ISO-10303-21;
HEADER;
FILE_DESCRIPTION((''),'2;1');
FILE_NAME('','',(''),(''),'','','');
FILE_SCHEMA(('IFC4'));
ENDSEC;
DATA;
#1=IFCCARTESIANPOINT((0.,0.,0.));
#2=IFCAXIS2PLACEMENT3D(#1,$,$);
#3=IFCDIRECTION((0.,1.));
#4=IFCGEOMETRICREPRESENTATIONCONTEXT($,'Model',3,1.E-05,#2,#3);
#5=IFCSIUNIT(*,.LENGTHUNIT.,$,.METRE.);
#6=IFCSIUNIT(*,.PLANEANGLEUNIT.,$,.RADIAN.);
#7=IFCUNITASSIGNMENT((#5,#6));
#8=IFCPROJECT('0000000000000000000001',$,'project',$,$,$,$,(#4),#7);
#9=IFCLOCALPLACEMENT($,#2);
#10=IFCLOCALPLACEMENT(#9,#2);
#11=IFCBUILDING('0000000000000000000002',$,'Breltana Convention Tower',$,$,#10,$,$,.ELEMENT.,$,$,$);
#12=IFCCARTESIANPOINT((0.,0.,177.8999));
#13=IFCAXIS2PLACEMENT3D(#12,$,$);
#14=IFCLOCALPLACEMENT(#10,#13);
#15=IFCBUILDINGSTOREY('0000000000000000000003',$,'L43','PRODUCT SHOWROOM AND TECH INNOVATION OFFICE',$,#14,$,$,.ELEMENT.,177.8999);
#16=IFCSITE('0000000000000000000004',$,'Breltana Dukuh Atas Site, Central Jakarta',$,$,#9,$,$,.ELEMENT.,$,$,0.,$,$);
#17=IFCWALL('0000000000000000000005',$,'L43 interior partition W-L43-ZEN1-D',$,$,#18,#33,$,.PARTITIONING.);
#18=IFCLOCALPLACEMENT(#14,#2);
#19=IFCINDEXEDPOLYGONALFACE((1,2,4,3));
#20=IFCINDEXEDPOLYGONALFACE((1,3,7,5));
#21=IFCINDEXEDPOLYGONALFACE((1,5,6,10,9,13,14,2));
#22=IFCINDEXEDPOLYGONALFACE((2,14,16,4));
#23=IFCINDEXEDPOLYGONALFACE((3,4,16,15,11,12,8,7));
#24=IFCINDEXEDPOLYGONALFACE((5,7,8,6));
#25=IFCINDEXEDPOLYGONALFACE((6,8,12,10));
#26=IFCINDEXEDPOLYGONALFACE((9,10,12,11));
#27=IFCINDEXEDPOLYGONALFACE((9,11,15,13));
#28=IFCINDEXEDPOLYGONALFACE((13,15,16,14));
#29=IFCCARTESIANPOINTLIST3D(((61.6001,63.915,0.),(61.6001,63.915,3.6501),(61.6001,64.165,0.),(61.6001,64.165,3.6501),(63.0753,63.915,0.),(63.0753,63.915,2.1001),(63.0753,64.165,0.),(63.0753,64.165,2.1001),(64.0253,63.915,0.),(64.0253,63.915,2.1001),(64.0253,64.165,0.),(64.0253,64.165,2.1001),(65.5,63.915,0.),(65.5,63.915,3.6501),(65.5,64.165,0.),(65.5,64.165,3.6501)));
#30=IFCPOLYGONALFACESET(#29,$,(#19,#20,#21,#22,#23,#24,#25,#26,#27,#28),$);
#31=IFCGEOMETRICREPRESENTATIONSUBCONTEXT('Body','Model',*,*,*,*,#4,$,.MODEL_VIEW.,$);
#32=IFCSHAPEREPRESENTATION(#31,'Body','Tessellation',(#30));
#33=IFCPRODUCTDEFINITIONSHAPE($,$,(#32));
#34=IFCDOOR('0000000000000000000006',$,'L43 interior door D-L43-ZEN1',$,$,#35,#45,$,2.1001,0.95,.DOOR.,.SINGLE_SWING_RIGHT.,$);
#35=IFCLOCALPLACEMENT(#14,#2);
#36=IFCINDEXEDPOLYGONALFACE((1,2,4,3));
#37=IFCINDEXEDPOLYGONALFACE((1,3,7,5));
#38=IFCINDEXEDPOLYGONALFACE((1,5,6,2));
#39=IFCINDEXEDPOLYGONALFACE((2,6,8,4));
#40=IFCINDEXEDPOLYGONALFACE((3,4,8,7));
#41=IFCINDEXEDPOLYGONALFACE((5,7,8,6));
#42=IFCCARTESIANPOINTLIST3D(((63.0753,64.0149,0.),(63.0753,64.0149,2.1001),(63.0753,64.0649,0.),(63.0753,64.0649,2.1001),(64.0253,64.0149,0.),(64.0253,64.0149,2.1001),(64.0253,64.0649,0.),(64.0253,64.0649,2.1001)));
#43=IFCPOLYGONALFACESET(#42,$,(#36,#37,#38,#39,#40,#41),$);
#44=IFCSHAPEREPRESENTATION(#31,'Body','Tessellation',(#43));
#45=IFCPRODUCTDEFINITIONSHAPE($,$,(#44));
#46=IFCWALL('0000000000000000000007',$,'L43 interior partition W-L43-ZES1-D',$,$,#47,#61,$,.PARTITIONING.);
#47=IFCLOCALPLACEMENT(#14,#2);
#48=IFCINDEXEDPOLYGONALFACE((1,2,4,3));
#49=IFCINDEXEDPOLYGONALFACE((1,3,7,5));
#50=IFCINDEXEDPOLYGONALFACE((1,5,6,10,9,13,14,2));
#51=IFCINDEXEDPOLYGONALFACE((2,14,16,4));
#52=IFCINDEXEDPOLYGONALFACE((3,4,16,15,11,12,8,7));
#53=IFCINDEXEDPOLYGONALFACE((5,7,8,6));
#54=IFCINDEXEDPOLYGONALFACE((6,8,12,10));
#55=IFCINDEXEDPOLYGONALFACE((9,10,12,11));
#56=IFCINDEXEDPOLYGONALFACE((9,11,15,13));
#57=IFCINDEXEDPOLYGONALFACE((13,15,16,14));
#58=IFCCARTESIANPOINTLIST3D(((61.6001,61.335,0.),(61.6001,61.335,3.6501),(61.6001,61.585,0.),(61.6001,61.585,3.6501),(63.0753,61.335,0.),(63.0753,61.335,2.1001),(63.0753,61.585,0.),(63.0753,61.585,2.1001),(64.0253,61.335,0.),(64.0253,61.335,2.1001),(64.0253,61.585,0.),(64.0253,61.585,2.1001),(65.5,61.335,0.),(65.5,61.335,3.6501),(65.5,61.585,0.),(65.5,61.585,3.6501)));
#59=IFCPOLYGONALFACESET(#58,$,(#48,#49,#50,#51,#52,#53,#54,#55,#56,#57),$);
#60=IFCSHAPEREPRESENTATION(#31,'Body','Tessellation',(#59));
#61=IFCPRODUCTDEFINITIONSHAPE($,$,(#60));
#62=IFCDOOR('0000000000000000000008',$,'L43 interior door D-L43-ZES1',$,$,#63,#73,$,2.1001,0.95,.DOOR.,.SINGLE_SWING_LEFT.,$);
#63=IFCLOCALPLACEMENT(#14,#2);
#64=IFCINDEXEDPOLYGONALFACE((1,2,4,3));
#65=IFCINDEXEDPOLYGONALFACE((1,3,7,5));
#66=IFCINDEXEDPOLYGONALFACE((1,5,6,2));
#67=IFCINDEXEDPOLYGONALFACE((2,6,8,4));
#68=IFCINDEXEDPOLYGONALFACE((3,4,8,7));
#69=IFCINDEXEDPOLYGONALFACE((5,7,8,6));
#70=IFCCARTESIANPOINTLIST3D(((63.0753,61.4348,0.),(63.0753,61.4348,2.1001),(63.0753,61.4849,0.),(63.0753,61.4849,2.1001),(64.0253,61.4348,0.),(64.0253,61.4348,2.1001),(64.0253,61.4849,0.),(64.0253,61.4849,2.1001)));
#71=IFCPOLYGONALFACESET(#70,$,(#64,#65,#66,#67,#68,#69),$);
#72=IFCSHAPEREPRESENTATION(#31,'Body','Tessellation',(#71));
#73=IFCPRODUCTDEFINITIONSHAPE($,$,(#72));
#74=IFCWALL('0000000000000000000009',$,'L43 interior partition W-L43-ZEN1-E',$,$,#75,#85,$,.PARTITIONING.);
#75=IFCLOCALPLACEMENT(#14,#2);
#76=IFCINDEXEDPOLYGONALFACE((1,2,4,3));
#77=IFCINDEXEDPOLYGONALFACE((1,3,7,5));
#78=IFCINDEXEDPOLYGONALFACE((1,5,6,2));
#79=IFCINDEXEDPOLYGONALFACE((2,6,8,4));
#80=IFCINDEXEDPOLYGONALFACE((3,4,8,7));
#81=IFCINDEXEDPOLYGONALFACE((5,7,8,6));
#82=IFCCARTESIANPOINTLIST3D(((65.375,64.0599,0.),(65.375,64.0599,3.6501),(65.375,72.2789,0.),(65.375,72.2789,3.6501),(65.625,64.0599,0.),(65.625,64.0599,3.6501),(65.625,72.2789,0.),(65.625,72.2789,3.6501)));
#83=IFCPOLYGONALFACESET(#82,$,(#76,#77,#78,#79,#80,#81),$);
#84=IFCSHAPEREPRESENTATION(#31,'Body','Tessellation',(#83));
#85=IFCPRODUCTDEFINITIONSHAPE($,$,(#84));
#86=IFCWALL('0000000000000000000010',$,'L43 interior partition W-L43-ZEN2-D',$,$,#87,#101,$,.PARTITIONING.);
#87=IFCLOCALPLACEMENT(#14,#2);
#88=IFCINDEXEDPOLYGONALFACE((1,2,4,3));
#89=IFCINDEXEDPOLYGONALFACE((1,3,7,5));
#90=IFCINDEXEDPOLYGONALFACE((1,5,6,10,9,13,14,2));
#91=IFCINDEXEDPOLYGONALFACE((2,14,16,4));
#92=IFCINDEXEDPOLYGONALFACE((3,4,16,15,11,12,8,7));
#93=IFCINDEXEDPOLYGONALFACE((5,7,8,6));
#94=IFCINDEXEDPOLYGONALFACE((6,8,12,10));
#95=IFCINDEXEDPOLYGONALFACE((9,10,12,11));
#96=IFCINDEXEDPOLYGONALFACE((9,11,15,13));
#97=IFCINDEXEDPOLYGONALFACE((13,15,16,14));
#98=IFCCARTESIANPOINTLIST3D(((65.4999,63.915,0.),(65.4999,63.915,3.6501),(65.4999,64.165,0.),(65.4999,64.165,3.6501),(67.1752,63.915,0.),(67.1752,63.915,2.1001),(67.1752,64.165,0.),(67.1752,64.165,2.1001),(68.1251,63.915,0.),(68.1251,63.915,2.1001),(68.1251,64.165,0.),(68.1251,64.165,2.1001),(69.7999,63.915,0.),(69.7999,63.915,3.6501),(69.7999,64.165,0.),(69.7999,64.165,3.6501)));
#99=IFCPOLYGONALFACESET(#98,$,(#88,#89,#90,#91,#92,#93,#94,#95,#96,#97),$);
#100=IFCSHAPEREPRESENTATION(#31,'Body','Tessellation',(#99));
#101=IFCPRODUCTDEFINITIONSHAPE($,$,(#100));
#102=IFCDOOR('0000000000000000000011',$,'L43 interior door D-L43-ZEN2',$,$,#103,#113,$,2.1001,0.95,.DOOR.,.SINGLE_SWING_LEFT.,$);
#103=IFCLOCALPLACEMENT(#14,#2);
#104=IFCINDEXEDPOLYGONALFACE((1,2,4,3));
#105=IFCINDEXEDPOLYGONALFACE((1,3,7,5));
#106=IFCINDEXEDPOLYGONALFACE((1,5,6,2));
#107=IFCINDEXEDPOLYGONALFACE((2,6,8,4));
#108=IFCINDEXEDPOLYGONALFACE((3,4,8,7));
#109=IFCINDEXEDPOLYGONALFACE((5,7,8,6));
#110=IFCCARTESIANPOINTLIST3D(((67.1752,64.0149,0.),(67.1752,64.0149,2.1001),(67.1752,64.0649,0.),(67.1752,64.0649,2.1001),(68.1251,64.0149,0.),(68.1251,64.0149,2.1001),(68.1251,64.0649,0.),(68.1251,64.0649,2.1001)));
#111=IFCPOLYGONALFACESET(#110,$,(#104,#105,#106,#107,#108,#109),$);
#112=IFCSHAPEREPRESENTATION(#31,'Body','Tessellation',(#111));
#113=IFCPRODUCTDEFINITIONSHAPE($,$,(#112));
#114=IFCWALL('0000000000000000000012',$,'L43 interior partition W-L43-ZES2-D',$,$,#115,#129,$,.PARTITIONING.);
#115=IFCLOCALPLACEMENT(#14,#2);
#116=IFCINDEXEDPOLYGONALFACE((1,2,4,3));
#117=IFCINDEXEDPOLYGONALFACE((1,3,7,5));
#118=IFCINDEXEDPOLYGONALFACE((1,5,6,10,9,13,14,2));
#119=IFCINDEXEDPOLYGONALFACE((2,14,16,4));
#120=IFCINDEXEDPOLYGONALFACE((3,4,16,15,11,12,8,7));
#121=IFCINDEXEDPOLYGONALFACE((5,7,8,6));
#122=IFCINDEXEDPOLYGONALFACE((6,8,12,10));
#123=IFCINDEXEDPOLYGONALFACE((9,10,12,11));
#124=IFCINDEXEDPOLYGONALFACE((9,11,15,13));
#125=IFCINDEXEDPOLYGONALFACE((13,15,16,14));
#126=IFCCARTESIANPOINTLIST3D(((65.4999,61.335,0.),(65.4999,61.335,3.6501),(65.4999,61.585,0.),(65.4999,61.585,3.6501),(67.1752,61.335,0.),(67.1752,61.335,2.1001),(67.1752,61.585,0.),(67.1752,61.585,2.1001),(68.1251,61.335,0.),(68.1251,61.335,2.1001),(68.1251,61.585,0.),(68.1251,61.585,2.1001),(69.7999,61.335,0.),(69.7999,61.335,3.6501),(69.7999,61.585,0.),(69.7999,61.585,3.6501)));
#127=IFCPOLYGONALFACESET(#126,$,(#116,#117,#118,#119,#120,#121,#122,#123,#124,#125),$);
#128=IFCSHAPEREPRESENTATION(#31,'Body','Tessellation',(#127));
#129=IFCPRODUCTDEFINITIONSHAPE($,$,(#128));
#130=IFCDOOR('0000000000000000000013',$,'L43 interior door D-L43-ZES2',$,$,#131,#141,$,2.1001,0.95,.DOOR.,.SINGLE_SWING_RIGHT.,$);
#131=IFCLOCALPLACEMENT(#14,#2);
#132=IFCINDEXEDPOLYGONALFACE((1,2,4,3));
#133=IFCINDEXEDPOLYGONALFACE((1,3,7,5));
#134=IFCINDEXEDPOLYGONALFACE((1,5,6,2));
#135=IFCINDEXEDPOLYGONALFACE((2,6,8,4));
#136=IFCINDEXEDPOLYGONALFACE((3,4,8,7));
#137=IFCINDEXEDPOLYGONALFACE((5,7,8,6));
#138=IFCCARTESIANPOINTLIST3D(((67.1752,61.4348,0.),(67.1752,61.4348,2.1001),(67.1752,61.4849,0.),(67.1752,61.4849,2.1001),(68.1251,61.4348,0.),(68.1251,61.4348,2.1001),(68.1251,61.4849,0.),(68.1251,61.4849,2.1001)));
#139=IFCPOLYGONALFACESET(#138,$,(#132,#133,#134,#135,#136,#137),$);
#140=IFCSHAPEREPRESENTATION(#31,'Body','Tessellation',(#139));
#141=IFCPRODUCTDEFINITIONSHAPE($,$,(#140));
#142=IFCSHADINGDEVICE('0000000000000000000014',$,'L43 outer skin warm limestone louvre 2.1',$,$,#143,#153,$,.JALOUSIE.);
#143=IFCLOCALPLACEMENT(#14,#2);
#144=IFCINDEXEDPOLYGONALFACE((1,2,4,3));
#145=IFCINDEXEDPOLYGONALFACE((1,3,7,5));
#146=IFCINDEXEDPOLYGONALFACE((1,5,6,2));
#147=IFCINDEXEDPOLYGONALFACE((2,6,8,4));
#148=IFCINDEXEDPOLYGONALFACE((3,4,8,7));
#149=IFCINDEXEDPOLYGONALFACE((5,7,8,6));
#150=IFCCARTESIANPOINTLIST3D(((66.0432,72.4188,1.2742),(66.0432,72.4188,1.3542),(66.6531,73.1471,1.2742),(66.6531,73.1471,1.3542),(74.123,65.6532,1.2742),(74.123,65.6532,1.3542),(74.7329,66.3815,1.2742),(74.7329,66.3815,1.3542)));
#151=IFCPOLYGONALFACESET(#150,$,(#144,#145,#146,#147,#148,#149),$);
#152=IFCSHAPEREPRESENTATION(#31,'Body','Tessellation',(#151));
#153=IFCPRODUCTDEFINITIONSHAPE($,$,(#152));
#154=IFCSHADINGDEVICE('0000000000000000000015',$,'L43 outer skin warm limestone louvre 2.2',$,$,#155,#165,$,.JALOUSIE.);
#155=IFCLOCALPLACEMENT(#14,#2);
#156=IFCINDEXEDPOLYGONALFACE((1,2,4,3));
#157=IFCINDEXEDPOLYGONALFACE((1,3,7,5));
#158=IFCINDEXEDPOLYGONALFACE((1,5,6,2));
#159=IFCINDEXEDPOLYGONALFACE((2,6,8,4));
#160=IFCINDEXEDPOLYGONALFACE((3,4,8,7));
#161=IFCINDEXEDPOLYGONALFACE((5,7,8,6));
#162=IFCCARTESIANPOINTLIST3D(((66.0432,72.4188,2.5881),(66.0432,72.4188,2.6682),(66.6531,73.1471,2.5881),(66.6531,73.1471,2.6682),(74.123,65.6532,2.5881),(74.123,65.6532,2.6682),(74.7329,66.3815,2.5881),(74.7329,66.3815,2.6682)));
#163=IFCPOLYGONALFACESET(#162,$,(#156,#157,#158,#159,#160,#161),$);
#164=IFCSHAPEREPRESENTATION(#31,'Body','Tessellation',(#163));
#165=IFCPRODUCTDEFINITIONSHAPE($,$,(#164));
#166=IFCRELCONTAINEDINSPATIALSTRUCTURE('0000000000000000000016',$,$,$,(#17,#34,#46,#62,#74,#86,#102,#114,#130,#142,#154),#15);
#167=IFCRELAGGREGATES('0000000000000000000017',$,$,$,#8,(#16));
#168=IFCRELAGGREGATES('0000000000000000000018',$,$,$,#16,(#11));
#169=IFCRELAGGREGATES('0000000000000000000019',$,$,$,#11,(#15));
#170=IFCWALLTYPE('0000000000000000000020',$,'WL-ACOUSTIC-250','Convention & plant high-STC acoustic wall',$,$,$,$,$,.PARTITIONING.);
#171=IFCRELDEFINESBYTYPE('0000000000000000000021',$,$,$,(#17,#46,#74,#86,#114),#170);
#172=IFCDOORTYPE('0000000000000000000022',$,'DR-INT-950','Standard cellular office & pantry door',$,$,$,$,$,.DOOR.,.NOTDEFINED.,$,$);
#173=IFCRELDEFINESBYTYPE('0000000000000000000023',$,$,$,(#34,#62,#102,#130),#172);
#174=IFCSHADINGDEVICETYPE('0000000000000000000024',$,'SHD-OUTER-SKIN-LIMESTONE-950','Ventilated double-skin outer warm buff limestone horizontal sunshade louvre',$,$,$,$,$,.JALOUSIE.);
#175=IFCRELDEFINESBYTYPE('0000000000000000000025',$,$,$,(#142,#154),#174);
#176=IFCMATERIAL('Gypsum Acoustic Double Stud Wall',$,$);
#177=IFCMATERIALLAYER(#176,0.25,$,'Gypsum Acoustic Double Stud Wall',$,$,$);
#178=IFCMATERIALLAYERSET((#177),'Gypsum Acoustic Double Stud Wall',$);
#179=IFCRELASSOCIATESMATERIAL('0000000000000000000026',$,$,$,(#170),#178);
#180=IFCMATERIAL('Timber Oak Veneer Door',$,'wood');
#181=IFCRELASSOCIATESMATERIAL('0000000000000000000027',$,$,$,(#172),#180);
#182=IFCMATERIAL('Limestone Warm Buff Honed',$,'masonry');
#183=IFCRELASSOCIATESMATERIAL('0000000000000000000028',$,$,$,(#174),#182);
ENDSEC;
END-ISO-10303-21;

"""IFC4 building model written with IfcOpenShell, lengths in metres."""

from ifc_helpers import new_model, si_unit, direction, frame, frame_2d, origin, origin_2d, place, context, subcontext, project, spatial, rectangle, extrude, source, transform, mapped, material, layer, layer_set, material_profile, profile_set, type_object, type_shapes, element, fill, save


model = new_model("IFC4")

# Units and contexts
model_context = context("Model", 3, precision=1e-05, world=origin(), true_north=direction((0.0, 1.0)))
body_context = subcontext(model_context, "Body", "Model", "MODEL_VIEW")
ifc_project = project(units=[si_unit("LENGTHUNIT", "METRE"), si_unit("PLANEANGLEUNIT", "RADIAN")], contexts=[model_context])

# Site, building, storey
site_placement = place(None, origin())
site = spatial("IfcSite", under=ifc_project, at=site_placement, Name="Breltana Dukuh Atas Site, Central Jakarta", CompositionType="ELEMENT", RefElevation=0.0)
building_placement = place(site_placement, origin())
building = spatial("IfcBuilding", under=site, at=building_placement, Name="Breltana Convention Tower", CompositionType="ELEMENT")
storey_placement = place(building_placement, frame((0.0, 0.0, 177.8999)))
storey = spatial("IfcBuildingStorey", under=building, at=storey_placement, Name="L43", Description="PRODUCT SHOWROOM AND TECH INNOVATION OFFICE", CompositionType="ELEMENT", Elevation=177.8999)

# Walls, openings, doors
ifc_material_1 = material(Name="Gypsum Acoustic Double Stud Wall")
ifc_layer_1 = layer(ifc_material_1, 0.25, Name="Gypsum Acoustic Double Stud Wall")
ifc_layer_set_1 = layer_set([ifc_layer_1], Name="Gypsum Acoustic Double Stud Wall")
wall_type_1 = type_object("IfcWallType", Name="WL-ACOUSTIC-250", Description="Convention & plant high-STC acoustic wall", PredefinedType="PARTITIONING", material=ifc_layer_set_1)
shared_shape_1 = source(origin(), body_context, "Body", "SweptSolid", [
    extrude(rectangle(XDim=3.8999, YDim=0.25, at=frame_2d((1.95, 0.0))), origin(), (0.0, 0.0, 1.0), 3.6501),
])
wall_1_placement = place(storey_placement, frame((61.6001, 64.04, 0.0), z_axis=(0.0, 0.0, 1.0), x_axis=(1.0, 0.0, 0.0)))
wall_1 = element("IfcWall", 1, at=wall_1_placement, inside=storey, type_object=wall_type_1, Name="L43 interior partition W-L43-ZEN1-D", PredefinedType="PARTITIONING", context=body_context, shape_type="MappedRepresentation", body=[
    mapped(shared_shape_1, transform((0.0, 0.0, 0.0), scale=1.0)),
])
opening_1_placement = place(wall_1_placement, frame((1.4751, 0.0, 0.0)))
opening_1 = element("IfcOpeningElement", 2, at=opening_1_placement, cuts=wall_1, PredefinedType="OPENING", context=body_context, shape_type="SweptSolid", body=[
    extrude(rectangle(XDim=0.95, YDim=2.1001, at=frame_2d((0.4751, 1.05))), frame((0.0, 0.135, 0.0), z_axis=(0.0, -1.0, 0.0), x_axis=(1.0, 0.0, 0.0)), (0.0, 0.0, 1.0), 0.27),
])
ifc_material_2 = material(Name="Timber Oak Veneer Door", Category="wood")
door_type = type_object("IfcDoorType", Name="DR-INT-950", Description="Standard cellular office & pantry door", OperationType="NOTDEFINED", PredefinedType="DOOR", material=ifc_material_2)
shared_shape_2 = source(origin(), body_context, "Body", "SweptSolid", [
    extrude(rectangle(XDim=0.95, YDim=2.1001, at=frame_2d((0.4751, 1.05))), frame((0.0, 0.0249, 0.0), z_axis=(0.0, -1.0, 0.0), x_axis=(1.0, 0.0, 0.0)), (0.0, 0.0, 1.0), 0.05),
])
type_shapes(door_type, [shared_shape_2])
door_1_placement = place(opening_1_placement, origin())
door_1 = element("IfcDoor", 3, at=door_1_placement, inside=storey, type_object=door_type, Name="L43 interior door D-L43-ZEN1", OperationType="SINGLE_SWING_RIGHT", OverallHeight=2.1001, OverallWidth=0.95, PredefinedType="DOOR", context=body_context, shape_type="MappedRepresentation", body=[
    mapped(shared_shape_2, transform((0.0, 0.0, 0.0), scale=1.0)),
])
fill(opening_1, door_1)
wall_2_placement = place(storey_placement, frame((61.6001, 61.46, 0.0), z_axis=(0.0, 0.0, 1.0), x_axis=(1.0, 0.0, 0.0)))
wall_2 = element("IfcWall", 4, at=wall_2_placement, inside=storey, type_object=wall_type_1, Name="L43 interior partition W-L43-ZES1-D", PredefinedType="PARTITIONING", context=body_context, shape_type="MappedRepresentation", body=[
    mapped(shared_shape_1, transform((0.0, 0.0, 0.0), scale=1.0)),
])
opening_2_placement = place(wall_2_placement, frame((1.4751, 0.0, 0.0)))
opening_2 = element("IfcOpeningElement", 5, at=opening_2_placement, cuts=wall_2, PredefinedType="OPENING", context=body_context, shape_type="SweptSolid", body=[
    extrude(rectangle(XDim=0.95, YDim=2.1001, at=frame_2d((0.4751, 1.05))), frame((0.0, 0.135, 0.0), z_axis=(0.0, -1.0, 0.0), x_axis=(1.0, 0.0, 0.0)), (0.0, 0.0, 1.0), 0.27),
])
door_2_placement = place(opening_2_placement, origin())
door_2 = element("IfcDoor", 6, at=door_2_placement, inside=storey, type_object=door_type, Name="L43 interior door D-L43-ZES1", OperationType="SINGLE_SWING_LEFT", OverallHeight=2.1001, OverallWidth=0.95, PredefinedType="DOOR", context=body_context, shape_type="MappedRepresentation", body=[
    mapped(shared_shape_2, transform((0.0, 0.0, 0.0), scale=1.0)),
])
fill(opening_2, door_2)

# Wall
shared_shape_3 = source(origin(), body_context, "Body", "SweptSolid", [
    extrude(rectangle(XDim=8.219, YDim=0.25, at=frame_2d((4.1094, 0.0))), origin(), (0.0, 0.0, 1.0), 3.6501),
])
wall_3_placement = place(storey_placement, frame((65.5, 64.0601, 0.0), z_axis=(0.0, 0.0, 1.0), x_axis=(0.0, 1.0, 0.0)))
element("IfcWall", 7, at=wall_3_placement, inside=storey, type_object=wall_type_1, Name="L43 interior partition W-L43-ZEN1-E", PredefinedType="PARTITIONING", context=body_context, shape_type="MappedRepresentation", body=[
    mapped(shared_shape_3, transform((0.0, 0.0, 0.0), scale=1.0)),
])

# Walls, openings, doors
shared_shape_4 = source(origin(), body_context, "Body", "SweptSolid", [
    extrude(rectangle(XDim=4.3, YDim=0.25, at=frame_2d((2.1499, 0.0))), origin(), (0.0, 0.0, 1.0), 3.6501),
])
wall_4_placement = place(storey_placement, frame((65.5, 64.04, 0.0), z_axis=(0.0, 0.0, 1.0), x_axis=(1.0, 0.0, 0.0)))
wall_4 = element("IfcWall", 8, at=wall_4_placement, inside=storey, type_object=wall_type_1, Name="L43 interior partition W-L43-ZEN2-D", PredefinedType="PARTITIONING", context=body_context, shape_type="MappedRepresentation", body=[
    mapped(shared_shape_4, transform((0.0, 0.0, 0.0), scale=1.0)),
])
opening_3_placement = place(wall_4_placement, frame((1.675, 0.0, 0.0)))
opening_3 = element("IfcOpeningElement", 9, at=opening_3_placement, cuts=wall_4, PredefinedType="OPENING", context=body_context, shape_type="SweptSolid", body=[
    extrude(rectangle(XDim=0.95, YDim=2.1001, at=frame_2d((0.4751, 1.05))), frame((0.0, 0.135, 0.0), z_axis=(0.0, -1.0, 0.0), x_axis=(1.0, 0.0, 0.0)), (0.0, 0.0, 1.0), 0.27),
])
door_3_placement = place(opening_3_placement, origin())
door_3 = element("IfcDoor", 10, at=door_3_placement, inside=storey, type_object=door_type, Name="L43 interior door D-L43-ZEN2", OperationType="SINGLE_SWING_LEFT", OverallHeight=2.1001, OverallWidth=0.95, PredefinedType="DOOR", context=body_context, shape_type="MappedRepresentation", body=[
    mapped(shared_shape_2, transform((0.0, 0.0, 0.0), scale=1.0)),
])
fill(opening_3, door_3)
wall_5_placement = place(storey_placement, frame((65.5, 61.46, 0.0), z_axis=(0.0, 0.0, 1.0), x_axis=(1.0, 0.0, 0.0)))
wall_5 = element("IfcWall", 11, at=wall_5_placement, inside=storey, type_object=wall_type_1, Name="L43 interior partition W-L43-ZES2-D", PredefinedType="PARTITIONING", context=body_context, shape_type="MappedRepresentation", body=[
    mapped(shared_shape_4, transform((0.0, 0.0, 0.0), scale=1.0)),
])
opening_4_placement = place(wall_5_placement, frame((1.675, 0.0, 0.0)))
opening_4 = element("IfcOpeningElement", 12, at=opening_4_placement, cuts=wall_5, PredefinedType="OPENING", context=body_context, shape_type="SweptSolid", body=[
    extrude(rectangle(XDim=0.95, YDim=2.1001, at=frame_2d((0.4751, 1.05))), frame((0.0, 0.135, 0.0), z_axis=(0.0, -1.0, 0.0), x_axis=(1.0, 0.0, 0.0)), (0.0, 0.0, 1.0), 0.27),
])
door_4_placement = place(opening_4_placement, origin())
door_4 = element("IfcDoor", 13, at=door_4_placement, inside=storey, type_object=door_type, Name="L43 interior door D-L43-ZES2", OperationType="SINGLE_SWING_RIGHT", OverallHeight=2.1001, OverallWidth=0.95, PredefinedType="DOOR", context=body_context, shape_type="MappedRepresentation", body=[
    mapped(shared_shape_2, transform((0.0, 0.0, 0.0), scale=1.0)),
])
fill(opening_4, door_4)

# Shading devices
ifc_material_3 = material(Name="Limestone Warm Buff Honed", Category="masonry")
ifc_material_profile_1 = material_profile(ifc_material_3, rectangle(XDim=0.95, YDim=0.0801, at=origin_2d()), Name="STN-LVR-950X80")
ifc_profile_set_1 = profile_set([ifc_material_profile_1], Name="Limestone Warm Buff Honed")
shading_device_type = type_object("IfcShadingDeviceType", Name="SHD-OUTER-SKIN-LIMESTONE-950", Description="Ventilated double-skin outer warm buff limestone horizontal sunshade louvre", PredefinedType="JALOUSIE", material=ifc_profile_set_1)
shared_shape_5 = source(origin(), body_context, "Body", "SweptSolid", [
    extrude(rectangle(XDim=0.95, YDim=0.0801, at=origin_2d()), origin(), (0.0, 0.0, 1.0), 10.5383),
])
for number, where, z_axis, x_axis, name in (
    (14, (66.3481, 72.783, 1.3142), (0.766706, -0.641999, 0.0), (0.641999, 0.766706, 0.0), "L43 outer skin warm limestone louvre 2.1"),
    (15, (66.3481, 72.783, 2.6282), (0.766706, -0.641999, 0.0), (0.641999, 0.766706, 0.0), "L43 outer skin warm limestone louvre 2.2"),
):
    element("IfcShadingDevice", number, at=place(storey_placement, frame(where, z_axis=z_axis, x_axis=x_axis)), inside=storey, type_object=shading_device_type, Name=name, PredefinedType="JALOUSIE", context=body_context, shape_type="MappedRepresentation", body=[
        mapped(shared_shape_5, transform((0.0, 0.0, 0.0), scale=1.0)),
    ])

save(model, "model.ifc")
